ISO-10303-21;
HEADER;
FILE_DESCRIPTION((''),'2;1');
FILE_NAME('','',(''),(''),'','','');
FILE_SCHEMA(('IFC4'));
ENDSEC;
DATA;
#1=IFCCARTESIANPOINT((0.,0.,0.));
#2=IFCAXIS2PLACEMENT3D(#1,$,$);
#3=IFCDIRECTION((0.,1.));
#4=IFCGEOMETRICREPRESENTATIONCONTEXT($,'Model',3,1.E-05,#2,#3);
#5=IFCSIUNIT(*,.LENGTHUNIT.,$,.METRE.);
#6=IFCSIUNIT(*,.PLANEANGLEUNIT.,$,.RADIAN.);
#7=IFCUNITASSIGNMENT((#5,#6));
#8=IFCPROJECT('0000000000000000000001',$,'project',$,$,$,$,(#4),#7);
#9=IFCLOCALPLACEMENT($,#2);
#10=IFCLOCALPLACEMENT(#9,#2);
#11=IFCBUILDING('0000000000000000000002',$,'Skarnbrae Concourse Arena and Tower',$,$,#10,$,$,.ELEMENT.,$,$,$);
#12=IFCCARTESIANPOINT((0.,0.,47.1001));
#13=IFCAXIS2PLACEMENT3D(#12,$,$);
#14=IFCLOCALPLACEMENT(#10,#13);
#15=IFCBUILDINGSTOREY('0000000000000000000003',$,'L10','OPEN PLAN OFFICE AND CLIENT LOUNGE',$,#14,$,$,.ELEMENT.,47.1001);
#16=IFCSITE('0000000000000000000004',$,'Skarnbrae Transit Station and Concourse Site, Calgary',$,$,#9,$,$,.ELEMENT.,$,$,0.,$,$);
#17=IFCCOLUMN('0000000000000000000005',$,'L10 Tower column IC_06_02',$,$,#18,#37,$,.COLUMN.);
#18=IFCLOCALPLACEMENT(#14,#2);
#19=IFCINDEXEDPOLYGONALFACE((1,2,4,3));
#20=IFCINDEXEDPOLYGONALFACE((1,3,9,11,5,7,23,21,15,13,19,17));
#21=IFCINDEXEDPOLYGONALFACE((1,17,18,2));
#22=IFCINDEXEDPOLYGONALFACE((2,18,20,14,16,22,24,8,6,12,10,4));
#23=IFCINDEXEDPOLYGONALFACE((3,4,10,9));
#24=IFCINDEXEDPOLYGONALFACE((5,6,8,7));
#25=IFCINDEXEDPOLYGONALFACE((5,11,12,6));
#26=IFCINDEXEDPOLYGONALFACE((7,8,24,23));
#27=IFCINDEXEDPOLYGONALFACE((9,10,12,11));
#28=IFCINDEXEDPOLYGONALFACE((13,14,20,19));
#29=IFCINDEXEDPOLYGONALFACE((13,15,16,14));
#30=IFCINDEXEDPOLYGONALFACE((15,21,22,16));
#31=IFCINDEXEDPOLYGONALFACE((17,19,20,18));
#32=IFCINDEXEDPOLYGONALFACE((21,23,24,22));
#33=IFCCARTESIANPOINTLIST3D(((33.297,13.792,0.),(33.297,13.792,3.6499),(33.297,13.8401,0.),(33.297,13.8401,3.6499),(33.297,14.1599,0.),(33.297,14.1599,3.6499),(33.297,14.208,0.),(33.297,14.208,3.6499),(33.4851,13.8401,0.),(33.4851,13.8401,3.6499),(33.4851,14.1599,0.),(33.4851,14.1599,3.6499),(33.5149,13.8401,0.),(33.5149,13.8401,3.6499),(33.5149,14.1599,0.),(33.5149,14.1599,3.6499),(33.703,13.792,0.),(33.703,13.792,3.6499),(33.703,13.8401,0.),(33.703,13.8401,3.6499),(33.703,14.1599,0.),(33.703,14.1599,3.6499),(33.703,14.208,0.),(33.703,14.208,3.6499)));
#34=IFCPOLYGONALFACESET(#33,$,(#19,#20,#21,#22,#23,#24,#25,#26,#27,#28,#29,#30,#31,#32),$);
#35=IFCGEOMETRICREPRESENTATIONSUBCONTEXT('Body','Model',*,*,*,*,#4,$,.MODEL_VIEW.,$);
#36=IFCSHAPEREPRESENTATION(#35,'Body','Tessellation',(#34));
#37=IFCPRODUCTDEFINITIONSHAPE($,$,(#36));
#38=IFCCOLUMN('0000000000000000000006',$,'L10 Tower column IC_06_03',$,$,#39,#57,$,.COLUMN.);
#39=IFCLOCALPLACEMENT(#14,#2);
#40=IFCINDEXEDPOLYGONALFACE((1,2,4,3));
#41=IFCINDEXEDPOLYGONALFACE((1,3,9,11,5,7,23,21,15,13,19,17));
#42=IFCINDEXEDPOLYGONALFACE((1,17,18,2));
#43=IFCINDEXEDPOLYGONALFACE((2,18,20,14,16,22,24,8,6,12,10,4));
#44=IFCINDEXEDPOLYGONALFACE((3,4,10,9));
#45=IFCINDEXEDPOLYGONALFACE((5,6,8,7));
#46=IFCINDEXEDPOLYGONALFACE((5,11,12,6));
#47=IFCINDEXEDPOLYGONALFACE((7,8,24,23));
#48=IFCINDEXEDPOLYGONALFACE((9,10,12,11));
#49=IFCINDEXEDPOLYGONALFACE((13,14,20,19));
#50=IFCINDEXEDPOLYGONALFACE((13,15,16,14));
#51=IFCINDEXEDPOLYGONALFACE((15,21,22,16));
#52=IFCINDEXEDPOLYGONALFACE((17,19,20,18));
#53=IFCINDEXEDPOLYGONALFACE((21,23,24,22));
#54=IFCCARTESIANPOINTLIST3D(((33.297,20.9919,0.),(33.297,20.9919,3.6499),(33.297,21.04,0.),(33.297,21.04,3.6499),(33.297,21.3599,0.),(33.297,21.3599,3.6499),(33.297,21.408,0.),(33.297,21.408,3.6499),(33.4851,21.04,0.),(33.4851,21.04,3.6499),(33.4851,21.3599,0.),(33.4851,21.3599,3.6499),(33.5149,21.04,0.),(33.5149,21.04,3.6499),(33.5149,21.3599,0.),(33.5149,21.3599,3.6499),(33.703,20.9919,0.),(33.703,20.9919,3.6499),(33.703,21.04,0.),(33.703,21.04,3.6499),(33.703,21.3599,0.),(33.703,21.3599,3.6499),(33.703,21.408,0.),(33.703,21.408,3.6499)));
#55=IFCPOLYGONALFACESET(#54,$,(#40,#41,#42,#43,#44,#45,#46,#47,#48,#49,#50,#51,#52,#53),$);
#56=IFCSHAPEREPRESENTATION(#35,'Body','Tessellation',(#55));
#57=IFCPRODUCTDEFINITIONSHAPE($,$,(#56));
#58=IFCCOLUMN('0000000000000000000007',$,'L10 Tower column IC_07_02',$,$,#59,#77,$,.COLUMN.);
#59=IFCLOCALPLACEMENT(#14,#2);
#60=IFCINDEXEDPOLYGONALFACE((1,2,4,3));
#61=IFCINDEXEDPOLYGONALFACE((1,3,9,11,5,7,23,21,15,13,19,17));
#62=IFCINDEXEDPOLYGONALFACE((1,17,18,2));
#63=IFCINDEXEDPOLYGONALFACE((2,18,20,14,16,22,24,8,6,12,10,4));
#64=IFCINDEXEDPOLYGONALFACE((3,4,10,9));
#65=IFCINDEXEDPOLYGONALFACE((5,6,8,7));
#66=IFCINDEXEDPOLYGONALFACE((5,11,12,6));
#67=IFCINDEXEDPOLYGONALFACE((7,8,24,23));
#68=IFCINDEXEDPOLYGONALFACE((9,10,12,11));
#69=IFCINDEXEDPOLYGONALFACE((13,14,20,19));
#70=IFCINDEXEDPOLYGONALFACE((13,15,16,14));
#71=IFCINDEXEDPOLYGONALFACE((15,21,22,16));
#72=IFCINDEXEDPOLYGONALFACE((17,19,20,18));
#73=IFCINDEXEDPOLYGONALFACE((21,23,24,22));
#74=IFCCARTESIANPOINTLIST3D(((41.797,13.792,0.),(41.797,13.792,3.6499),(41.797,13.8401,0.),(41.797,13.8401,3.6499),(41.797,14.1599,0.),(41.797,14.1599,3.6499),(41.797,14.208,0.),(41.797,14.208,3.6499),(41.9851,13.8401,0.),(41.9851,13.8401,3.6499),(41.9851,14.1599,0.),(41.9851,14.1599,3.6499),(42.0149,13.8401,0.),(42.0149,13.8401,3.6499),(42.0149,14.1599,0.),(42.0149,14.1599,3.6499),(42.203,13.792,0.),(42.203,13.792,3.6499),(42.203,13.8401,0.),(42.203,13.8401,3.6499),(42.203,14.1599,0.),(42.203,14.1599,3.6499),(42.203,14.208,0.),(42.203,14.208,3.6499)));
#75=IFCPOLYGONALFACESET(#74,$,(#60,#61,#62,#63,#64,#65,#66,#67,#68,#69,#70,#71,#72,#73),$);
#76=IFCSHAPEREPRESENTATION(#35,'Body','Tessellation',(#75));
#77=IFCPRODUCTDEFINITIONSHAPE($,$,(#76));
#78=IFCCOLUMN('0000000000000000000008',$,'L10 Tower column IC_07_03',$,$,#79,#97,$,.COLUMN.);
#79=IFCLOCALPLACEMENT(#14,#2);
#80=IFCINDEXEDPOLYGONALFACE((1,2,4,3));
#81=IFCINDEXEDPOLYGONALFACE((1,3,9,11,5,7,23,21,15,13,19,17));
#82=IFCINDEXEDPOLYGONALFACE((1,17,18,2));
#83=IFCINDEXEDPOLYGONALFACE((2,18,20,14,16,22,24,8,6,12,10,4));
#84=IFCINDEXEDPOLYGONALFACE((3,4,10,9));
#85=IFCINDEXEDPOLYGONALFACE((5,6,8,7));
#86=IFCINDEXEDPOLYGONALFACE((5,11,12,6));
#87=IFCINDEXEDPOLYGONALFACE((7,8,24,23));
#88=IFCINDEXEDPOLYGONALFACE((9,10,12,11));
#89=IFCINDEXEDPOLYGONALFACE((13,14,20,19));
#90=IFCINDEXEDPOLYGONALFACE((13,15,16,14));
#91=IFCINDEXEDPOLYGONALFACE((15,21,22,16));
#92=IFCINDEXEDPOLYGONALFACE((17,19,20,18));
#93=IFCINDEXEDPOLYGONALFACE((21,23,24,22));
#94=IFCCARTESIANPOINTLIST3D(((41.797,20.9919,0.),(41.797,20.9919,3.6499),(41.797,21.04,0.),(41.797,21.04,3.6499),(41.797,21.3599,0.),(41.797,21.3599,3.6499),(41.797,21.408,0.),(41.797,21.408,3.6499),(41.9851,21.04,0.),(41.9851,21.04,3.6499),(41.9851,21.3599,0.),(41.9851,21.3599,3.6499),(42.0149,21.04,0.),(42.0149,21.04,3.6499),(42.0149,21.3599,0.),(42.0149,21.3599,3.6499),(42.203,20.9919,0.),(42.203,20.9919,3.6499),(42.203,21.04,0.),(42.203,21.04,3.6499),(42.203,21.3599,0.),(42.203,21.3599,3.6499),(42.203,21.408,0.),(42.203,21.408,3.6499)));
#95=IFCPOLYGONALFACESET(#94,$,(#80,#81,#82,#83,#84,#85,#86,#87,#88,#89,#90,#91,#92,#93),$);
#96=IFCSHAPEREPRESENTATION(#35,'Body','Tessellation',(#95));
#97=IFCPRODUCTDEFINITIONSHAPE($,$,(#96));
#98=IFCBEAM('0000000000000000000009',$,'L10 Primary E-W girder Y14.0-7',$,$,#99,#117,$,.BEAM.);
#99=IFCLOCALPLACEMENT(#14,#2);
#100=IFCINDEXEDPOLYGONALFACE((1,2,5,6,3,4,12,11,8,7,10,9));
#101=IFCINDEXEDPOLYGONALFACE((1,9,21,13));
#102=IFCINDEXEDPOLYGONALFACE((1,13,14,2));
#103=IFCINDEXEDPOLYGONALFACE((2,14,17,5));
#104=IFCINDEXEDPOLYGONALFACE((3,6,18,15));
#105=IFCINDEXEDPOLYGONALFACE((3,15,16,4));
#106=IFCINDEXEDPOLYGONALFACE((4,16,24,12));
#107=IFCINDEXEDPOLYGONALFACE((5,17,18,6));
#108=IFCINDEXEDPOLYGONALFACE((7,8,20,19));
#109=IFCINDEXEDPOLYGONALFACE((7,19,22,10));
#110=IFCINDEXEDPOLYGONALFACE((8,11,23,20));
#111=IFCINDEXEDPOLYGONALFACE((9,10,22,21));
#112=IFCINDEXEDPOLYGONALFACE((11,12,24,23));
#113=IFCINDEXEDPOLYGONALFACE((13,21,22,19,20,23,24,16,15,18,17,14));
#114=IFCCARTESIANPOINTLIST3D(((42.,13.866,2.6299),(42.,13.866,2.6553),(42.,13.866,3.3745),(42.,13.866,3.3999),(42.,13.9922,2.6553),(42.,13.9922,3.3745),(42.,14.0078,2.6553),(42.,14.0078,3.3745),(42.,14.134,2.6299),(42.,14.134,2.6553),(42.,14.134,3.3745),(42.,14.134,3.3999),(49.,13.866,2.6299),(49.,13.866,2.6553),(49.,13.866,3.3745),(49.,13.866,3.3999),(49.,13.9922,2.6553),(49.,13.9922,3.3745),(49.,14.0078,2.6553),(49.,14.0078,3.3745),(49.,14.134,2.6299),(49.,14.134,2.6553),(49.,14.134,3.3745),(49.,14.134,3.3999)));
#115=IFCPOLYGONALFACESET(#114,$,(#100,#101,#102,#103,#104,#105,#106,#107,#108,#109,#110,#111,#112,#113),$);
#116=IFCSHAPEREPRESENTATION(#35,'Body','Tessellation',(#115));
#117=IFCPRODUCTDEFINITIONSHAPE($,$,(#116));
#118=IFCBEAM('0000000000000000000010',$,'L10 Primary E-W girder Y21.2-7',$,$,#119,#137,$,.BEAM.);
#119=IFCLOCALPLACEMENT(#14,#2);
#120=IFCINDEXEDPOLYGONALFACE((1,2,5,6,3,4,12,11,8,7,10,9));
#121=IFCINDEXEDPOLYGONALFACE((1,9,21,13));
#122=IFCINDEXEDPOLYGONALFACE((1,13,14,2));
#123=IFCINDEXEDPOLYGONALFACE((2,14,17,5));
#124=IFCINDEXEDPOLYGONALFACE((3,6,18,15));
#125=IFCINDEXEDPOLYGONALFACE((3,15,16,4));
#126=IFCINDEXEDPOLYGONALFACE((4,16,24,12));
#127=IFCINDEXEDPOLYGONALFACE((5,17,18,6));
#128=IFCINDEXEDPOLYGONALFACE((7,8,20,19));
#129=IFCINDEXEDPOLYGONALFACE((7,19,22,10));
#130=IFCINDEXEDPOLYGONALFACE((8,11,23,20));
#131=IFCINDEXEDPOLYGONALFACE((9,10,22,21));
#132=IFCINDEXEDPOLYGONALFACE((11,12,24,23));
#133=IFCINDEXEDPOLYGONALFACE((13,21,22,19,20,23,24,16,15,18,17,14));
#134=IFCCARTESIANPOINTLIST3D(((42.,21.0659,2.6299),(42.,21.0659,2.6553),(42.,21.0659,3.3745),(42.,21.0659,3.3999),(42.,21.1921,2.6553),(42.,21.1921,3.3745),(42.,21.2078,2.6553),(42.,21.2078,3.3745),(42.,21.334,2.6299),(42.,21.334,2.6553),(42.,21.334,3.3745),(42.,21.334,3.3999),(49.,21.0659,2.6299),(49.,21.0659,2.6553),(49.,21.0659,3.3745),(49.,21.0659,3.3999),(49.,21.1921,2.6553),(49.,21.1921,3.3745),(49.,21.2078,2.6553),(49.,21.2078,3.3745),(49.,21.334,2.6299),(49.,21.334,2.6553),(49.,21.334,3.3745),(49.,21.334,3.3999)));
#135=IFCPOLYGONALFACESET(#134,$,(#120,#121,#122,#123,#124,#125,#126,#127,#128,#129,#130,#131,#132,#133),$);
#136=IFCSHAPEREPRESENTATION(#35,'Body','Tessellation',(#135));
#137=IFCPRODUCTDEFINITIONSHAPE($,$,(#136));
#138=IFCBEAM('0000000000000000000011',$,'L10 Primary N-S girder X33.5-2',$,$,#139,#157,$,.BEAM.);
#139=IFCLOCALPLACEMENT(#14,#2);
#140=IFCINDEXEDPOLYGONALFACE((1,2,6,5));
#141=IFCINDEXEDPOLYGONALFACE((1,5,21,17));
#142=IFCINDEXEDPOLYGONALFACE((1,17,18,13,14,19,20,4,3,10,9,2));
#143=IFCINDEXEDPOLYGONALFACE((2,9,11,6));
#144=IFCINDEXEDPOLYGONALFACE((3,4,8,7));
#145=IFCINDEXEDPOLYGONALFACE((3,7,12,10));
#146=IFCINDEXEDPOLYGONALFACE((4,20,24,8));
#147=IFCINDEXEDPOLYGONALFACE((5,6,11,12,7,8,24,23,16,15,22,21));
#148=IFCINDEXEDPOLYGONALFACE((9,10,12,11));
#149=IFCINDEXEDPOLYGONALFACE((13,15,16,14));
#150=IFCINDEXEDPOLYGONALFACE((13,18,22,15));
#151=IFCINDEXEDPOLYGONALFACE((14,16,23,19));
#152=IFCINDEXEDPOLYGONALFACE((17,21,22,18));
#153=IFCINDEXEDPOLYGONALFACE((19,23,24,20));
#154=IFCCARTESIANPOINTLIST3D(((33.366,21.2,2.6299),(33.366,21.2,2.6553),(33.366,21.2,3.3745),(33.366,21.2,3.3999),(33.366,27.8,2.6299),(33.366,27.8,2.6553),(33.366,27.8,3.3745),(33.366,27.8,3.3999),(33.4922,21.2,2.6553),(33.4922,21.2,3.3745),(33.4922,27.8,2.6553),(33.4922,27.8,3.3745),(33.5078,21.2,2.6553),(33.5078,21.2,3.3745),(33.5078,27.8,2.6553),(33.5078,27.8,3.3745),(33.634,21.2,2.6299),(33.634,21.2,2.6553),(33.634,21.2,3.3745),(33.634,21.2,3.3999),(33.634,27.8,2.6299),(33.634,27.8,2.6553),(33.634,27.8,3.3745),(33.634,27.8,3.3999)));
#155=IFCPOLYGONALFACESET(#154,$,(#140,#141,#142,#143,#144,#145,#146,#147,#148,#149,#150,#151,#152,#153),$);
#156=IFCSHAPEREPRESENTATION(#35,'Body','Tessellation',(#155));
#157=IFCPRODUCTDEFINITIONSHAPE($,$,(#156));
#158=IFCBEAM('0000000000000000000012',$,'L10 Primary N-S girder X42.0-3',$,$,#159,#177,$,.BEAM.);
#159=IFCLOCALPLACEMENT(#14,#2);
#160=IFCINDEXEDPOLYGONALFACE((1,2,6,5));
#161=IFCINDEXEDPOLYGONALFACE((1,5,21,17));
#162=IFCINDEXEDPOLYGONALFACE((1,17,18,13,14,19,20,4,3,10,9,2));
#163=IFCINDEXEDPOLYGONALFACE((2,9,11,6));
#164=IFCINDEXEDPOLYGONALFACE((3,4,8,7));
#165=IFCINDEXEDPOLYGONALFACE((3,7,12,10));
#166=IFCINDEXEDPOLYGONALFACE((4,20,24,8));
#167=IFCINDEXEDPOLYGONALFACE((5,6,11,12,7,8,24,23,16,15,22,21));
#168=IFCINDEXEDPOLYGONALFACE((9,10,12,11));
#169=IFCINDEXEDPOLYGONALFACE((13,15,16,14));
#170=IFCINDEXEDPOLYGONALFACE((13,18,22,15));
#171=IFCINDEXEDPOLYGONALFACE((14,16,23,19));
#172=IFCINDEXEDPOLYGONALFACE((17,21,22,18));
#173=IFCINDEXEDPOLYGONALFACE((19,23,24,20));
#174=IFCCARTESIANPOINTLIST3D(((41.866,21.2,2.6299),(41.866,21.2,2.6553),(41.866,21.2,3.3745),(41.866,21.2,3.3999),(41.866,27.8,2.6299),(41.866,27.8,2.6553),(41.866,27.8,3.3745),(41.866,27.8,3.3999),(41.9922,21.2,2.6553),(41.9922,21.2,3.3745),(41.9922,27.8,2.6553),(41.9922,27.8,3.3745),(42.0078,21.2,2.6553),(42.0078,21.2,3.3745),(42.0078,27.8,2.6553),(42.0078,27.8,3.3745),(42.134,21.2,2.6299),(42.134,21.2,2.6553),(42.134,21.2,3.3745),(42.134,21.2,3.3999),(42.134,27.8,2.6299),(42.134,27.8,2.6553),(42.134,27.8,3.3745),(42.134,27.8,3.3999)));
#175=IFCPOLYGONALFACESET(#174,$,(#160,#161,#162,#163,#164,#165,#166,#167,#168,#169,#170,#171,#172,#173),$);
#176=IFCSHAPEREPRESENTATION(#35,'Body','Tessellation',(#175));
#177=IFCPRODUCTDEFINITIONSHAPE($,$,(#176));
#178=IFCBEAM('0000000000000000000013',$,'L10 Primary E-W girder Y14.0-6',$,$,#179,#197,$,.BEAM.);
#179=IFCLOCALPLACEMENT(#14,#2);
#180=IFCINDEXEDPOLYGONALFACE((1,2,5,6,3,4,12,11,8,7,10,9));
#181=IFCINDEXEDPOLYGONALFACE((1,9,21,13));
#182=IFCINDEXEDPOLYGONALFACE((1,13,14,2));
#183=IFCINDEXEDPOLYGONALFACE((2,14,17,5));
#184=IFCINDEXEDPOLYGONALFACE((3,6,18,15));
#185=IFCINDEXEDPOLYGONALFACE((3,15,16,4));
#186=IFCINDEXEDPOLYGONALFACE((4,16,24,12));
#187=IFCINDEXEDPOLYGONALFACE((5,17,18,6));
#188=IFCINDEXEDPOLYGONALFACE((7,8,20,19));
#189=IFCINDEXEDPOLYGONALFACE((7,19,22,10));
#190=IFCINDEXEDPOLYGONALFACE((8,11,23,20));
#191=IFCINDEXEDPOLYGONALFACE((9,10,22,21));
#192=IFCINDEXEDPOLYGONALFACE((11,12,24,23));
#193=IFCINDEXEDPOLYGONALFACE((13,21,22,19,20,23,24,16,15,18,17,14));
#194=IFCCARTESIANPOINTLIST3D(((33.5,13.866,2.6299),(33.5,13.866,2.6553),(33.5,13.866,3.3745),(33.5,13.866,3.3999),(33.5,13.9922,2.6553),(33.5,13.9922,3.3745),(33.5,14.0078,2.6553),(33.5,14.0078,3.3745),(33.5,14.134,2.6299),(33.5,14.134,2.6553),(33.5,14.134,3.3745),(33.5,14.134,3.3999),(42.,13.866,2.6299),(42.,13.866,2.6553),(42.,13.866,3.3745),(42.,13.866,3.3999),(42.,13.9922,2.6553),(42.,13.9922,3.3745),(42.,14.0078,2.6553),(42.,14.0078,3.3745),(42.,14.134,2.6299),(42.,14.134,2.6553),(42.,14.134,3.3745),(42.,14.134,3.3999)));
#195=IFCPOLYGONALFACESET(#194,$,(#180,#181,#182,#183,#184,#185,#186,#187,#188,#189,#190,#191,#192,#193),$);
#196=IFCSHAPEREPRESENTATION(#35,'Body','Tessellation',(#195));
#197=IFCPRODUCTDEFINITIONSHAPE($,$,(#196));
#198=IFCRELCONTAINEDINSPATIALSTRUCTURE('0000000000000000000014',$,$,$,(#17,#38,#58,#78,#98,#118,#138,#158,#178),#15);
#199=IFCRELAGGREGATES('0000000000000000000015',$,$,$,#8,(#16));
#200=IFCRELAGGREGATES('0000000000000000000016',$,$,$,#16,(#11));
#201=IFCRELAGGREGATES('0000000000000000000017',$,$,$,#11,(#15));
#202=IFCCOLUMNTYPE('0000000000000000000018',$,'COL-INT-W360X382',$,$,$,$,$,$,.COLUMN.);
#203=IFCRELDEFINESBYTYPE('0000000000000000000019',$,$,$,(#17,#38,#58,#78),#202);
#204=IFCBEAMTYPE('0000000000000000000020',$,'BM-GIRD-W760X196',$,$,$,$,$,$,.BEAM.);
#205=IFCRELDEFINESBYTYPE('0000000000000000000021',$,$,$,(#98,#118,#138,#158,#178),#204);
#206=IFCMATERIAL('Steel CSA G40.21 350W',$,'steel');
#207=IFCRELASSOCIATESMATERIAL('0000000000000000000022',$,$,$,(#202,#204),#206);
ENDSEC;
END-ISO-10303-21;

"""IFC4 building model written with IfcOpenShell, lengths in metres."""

from ifc_helpers import new_model, si_unit, direction, frame, origin, origin_2d, place, context, subcontext, project, spatial, i_section, extrude, source, transform, mapped, material, material_profile, profile_set, type_object, element, save


model = new_model("IFC4")

# Units and contexts
model_context = context("Model", 3, precision=1e-05, world=origin(), true_north=direction((0.0, 1.0)))
body_context = subcontext(model_context, "Body", "Model", "MODEL_VIEW")
ifc_project = project(units=[si_unit("LENGTHUNIT", "METRE"), si_unit("PLANEANGLEUNIT", "RADIAN")], contexts=[model_context])

# Site, building, storey
site_placement = place(None, origin())
site = spatial("IfcSite", under=ifc_project, at=site_placement, Name="Skarnbrae Transit Station and Concourse Site, Calgary", CompositionType="ELEMENT", RefElevation=0.0)
building_placement = place(site_placement, origin())
building = spatial("IfcBuilding", under=site, at=building_placement, Name="Skarnbrae Concourse Arena and Tower", CompositionType="ELEMENT")
storey_placement = place(building_placement, frame((0.0, 0.0, 47.1001)))
storey = spatial("IfcBuildingStorey", under=building, at=storey_placement, Name="L10", Description="OPEN PLAN OFFICE AND CLIENT LOUNGE", CompositionType="ELEMENT", Elevation=47.1001)

# Columns
ifc_material_1 = material(Name="Steel CSA G40.21 350W", Category="steel")
ifc_material_profile_1 = material_profile(ifc_material_1, i_section(OverallWidth=0.406, OverallDepth=0.416, WebThickness=0.0298, FlangeThickness=0.0481, at=origin_2d()), Name="W360X382")
ifc_profile_set_1 = profile_set([ifc_material_profile_1], Name="Steel CSA G40.21 350W")
column_type = type_object("IfcColumnType", Name="COL-INT-W360X382", PredefinedType="COLUMN", material=ifc_profile_set_1)
shared_shape_1 = source(origin(), body_context, "Body", "SweptSolid", [
    extrude(i_section(OverallWidth=0.406, OverallDepth=0.416, WebThickness=0.0298, FlangeThickness=0.0481, at=origin_2d()), origin(), (0.0, 0.0, 1.0), 3.6499),
])
for number, where, z_axis, x_axis, name in (
    (1, (33.5, 14.0, 0.0), (0.0, 0.0, 1.0), (1.0, 0.0, 0.0), "L10 Tower column IC_06_02"),
    (2, (33.5, 21.2, 0.0), (0.0, 0.0, 1.0), (1.0, 0.0, 0.0), "L10 Tower column IC_06_03"),
    (3, (42.0, 14.0, 0.0), (0.0, 0.0, 1.0), (1.0, 0.0, 0.0), "L10 Tower column IC_07_02"),
    (4, (42.0, 21.2, 0.0), (0.0, 0.0, 1.0), (1.0, 0.0, 0.0), "L10 Tower column IC_07_03"),
):
    element("IfcColumn", number, at=place(storey_placement, frame(where, z_axis=z_axis, x_axis=x_axis)), inside=storey, type_object=column_type, Name=name, PredefinedType="COLUMN", context=body_context, shape_type="MappedRepresentation", body=[
        mapped(shared_shape_1, transform((0.0, 0.0, 0.0))),
    ])

# Beams
ifc_material_profile_2 = material_profile(ifc_material_1, i_section(OverallWidth=0.2681, OverallDepth=0.77, WebThickness=0.0156, FlangeThickness=0.0254, at=origin_2d()), Name="W760X196")
ifc_profile_set_2 = profile_set([ifc_material_profile_2], Name="Steel CSA G40.21 350W")
beam_type_1 = type_object("IfcBeamType", Name="BM-GIRD-W760X196", PredefinedType="BEAM", material=ifc_profile_set_2)
shared_shape_2 = source(origin(), body_context, "Body", "SweptSolid", [
    extrude(i_section(OverallWidth=0.2681, OverallDepth=0.77, WebThickness=0.0156, FlangeThickness=0.0254, at=origin_2d()), origin(), (0.0, 0.0, 1.0), 7.0),
])
for number, where, z_axis, x_axis, name in (
    (5, (42.0, 14.0, 3.0149), (1.0, 0.0, 0.0), (0.0, 1.0, 0.0), "L10 Primary E-W girder Y14.0-7"),
    (6, (42.0, 21.2, 3.0149), (1.0, 0.0, 0.0), (0.0, 1.0, 0.0), "L10 Primary E-W girder Y21.2-7"),
):
    element("IfcBeam", number, at=place(storey_placement, frame(where, z_axis=z_axis, x_axis=x_axis)), inside=storey, type_object=beam_type_1, Name=name, PredefinedType="BEAM", context=body_context, shape_type="MappedRepresentation", body=[
        mapped(shared_shape_2, transform((0.0, 0.0, 0.0))),
    ])
shared_shape_3 = source(origin(), body_context, "Body", "SweptSolid", [
    extrude(i_section(OverallWidth=0.2681, OverallDepth=0.77, WebThickness=0.0156, FlangeThickness=0.0254, at=origin_2d()), origin(), (0.0, 0.0, 1.0), 6.6001),
])
for number, where, z_axis, x_axis, name in (
    (7, (33.5, 21.2, 3.0149), (0.0, 1.0, 0.0), (-1.0, 0.0, 0.0), "L10 Primary N-S girder X33.5-2"),
    (8, (42.0, 21.2, 3.0149), (0.0, 1.0, 0.0), (-1.0, 0.0, 0.0), "L10 Primary N-S girder X42.0-3"),
):
    element("IfcBeam", number, at=place(storey_placement, frame(where, z_axis=z_axis, x_axis=x_axis)), inside=storey, type_object=beam_type_1, Name=name, PredefinedType="BEAM", context=body_context, shape_type="MappedRepresentation", body=[
        mapped(shared_shape_3, transform((0.0, 0.0, 0.0))),
    ])
shared_shape_4 = source(origin(), body_context, "Body", "SweptSolid", [
    extrude(i_section(OverallWidth=0.2681, OverallDepth=0.77, WebThickness=0.0156, FlangeThickness=0.0254, at=origin_2d()), origin(), (0.0, 0.0, 1.0), 8.5),
])
for number, where, z_axis, x_axis, name in (
    (9, (33.5, 14.0, 3.0149), (1.0, 0.0, 0.0), (0.0, 1.0, 0.0), "L10 Primary E-W girder Y14.0-6"),
):
    element("IfcBeam", number, at=place(storey_placement, frame(where, z_axis=z_axis, x_axis=x_axis)), inside=storey, type_object=beam_type_1, Name=name, PredefinedType="BEAM", context=body_context, shape_type="MappedRepresentation", body=[
        mapped(shared_shape_4, transform((0.0, 0.0, 0.0))),
    ])

save(model, "model.ifc")
